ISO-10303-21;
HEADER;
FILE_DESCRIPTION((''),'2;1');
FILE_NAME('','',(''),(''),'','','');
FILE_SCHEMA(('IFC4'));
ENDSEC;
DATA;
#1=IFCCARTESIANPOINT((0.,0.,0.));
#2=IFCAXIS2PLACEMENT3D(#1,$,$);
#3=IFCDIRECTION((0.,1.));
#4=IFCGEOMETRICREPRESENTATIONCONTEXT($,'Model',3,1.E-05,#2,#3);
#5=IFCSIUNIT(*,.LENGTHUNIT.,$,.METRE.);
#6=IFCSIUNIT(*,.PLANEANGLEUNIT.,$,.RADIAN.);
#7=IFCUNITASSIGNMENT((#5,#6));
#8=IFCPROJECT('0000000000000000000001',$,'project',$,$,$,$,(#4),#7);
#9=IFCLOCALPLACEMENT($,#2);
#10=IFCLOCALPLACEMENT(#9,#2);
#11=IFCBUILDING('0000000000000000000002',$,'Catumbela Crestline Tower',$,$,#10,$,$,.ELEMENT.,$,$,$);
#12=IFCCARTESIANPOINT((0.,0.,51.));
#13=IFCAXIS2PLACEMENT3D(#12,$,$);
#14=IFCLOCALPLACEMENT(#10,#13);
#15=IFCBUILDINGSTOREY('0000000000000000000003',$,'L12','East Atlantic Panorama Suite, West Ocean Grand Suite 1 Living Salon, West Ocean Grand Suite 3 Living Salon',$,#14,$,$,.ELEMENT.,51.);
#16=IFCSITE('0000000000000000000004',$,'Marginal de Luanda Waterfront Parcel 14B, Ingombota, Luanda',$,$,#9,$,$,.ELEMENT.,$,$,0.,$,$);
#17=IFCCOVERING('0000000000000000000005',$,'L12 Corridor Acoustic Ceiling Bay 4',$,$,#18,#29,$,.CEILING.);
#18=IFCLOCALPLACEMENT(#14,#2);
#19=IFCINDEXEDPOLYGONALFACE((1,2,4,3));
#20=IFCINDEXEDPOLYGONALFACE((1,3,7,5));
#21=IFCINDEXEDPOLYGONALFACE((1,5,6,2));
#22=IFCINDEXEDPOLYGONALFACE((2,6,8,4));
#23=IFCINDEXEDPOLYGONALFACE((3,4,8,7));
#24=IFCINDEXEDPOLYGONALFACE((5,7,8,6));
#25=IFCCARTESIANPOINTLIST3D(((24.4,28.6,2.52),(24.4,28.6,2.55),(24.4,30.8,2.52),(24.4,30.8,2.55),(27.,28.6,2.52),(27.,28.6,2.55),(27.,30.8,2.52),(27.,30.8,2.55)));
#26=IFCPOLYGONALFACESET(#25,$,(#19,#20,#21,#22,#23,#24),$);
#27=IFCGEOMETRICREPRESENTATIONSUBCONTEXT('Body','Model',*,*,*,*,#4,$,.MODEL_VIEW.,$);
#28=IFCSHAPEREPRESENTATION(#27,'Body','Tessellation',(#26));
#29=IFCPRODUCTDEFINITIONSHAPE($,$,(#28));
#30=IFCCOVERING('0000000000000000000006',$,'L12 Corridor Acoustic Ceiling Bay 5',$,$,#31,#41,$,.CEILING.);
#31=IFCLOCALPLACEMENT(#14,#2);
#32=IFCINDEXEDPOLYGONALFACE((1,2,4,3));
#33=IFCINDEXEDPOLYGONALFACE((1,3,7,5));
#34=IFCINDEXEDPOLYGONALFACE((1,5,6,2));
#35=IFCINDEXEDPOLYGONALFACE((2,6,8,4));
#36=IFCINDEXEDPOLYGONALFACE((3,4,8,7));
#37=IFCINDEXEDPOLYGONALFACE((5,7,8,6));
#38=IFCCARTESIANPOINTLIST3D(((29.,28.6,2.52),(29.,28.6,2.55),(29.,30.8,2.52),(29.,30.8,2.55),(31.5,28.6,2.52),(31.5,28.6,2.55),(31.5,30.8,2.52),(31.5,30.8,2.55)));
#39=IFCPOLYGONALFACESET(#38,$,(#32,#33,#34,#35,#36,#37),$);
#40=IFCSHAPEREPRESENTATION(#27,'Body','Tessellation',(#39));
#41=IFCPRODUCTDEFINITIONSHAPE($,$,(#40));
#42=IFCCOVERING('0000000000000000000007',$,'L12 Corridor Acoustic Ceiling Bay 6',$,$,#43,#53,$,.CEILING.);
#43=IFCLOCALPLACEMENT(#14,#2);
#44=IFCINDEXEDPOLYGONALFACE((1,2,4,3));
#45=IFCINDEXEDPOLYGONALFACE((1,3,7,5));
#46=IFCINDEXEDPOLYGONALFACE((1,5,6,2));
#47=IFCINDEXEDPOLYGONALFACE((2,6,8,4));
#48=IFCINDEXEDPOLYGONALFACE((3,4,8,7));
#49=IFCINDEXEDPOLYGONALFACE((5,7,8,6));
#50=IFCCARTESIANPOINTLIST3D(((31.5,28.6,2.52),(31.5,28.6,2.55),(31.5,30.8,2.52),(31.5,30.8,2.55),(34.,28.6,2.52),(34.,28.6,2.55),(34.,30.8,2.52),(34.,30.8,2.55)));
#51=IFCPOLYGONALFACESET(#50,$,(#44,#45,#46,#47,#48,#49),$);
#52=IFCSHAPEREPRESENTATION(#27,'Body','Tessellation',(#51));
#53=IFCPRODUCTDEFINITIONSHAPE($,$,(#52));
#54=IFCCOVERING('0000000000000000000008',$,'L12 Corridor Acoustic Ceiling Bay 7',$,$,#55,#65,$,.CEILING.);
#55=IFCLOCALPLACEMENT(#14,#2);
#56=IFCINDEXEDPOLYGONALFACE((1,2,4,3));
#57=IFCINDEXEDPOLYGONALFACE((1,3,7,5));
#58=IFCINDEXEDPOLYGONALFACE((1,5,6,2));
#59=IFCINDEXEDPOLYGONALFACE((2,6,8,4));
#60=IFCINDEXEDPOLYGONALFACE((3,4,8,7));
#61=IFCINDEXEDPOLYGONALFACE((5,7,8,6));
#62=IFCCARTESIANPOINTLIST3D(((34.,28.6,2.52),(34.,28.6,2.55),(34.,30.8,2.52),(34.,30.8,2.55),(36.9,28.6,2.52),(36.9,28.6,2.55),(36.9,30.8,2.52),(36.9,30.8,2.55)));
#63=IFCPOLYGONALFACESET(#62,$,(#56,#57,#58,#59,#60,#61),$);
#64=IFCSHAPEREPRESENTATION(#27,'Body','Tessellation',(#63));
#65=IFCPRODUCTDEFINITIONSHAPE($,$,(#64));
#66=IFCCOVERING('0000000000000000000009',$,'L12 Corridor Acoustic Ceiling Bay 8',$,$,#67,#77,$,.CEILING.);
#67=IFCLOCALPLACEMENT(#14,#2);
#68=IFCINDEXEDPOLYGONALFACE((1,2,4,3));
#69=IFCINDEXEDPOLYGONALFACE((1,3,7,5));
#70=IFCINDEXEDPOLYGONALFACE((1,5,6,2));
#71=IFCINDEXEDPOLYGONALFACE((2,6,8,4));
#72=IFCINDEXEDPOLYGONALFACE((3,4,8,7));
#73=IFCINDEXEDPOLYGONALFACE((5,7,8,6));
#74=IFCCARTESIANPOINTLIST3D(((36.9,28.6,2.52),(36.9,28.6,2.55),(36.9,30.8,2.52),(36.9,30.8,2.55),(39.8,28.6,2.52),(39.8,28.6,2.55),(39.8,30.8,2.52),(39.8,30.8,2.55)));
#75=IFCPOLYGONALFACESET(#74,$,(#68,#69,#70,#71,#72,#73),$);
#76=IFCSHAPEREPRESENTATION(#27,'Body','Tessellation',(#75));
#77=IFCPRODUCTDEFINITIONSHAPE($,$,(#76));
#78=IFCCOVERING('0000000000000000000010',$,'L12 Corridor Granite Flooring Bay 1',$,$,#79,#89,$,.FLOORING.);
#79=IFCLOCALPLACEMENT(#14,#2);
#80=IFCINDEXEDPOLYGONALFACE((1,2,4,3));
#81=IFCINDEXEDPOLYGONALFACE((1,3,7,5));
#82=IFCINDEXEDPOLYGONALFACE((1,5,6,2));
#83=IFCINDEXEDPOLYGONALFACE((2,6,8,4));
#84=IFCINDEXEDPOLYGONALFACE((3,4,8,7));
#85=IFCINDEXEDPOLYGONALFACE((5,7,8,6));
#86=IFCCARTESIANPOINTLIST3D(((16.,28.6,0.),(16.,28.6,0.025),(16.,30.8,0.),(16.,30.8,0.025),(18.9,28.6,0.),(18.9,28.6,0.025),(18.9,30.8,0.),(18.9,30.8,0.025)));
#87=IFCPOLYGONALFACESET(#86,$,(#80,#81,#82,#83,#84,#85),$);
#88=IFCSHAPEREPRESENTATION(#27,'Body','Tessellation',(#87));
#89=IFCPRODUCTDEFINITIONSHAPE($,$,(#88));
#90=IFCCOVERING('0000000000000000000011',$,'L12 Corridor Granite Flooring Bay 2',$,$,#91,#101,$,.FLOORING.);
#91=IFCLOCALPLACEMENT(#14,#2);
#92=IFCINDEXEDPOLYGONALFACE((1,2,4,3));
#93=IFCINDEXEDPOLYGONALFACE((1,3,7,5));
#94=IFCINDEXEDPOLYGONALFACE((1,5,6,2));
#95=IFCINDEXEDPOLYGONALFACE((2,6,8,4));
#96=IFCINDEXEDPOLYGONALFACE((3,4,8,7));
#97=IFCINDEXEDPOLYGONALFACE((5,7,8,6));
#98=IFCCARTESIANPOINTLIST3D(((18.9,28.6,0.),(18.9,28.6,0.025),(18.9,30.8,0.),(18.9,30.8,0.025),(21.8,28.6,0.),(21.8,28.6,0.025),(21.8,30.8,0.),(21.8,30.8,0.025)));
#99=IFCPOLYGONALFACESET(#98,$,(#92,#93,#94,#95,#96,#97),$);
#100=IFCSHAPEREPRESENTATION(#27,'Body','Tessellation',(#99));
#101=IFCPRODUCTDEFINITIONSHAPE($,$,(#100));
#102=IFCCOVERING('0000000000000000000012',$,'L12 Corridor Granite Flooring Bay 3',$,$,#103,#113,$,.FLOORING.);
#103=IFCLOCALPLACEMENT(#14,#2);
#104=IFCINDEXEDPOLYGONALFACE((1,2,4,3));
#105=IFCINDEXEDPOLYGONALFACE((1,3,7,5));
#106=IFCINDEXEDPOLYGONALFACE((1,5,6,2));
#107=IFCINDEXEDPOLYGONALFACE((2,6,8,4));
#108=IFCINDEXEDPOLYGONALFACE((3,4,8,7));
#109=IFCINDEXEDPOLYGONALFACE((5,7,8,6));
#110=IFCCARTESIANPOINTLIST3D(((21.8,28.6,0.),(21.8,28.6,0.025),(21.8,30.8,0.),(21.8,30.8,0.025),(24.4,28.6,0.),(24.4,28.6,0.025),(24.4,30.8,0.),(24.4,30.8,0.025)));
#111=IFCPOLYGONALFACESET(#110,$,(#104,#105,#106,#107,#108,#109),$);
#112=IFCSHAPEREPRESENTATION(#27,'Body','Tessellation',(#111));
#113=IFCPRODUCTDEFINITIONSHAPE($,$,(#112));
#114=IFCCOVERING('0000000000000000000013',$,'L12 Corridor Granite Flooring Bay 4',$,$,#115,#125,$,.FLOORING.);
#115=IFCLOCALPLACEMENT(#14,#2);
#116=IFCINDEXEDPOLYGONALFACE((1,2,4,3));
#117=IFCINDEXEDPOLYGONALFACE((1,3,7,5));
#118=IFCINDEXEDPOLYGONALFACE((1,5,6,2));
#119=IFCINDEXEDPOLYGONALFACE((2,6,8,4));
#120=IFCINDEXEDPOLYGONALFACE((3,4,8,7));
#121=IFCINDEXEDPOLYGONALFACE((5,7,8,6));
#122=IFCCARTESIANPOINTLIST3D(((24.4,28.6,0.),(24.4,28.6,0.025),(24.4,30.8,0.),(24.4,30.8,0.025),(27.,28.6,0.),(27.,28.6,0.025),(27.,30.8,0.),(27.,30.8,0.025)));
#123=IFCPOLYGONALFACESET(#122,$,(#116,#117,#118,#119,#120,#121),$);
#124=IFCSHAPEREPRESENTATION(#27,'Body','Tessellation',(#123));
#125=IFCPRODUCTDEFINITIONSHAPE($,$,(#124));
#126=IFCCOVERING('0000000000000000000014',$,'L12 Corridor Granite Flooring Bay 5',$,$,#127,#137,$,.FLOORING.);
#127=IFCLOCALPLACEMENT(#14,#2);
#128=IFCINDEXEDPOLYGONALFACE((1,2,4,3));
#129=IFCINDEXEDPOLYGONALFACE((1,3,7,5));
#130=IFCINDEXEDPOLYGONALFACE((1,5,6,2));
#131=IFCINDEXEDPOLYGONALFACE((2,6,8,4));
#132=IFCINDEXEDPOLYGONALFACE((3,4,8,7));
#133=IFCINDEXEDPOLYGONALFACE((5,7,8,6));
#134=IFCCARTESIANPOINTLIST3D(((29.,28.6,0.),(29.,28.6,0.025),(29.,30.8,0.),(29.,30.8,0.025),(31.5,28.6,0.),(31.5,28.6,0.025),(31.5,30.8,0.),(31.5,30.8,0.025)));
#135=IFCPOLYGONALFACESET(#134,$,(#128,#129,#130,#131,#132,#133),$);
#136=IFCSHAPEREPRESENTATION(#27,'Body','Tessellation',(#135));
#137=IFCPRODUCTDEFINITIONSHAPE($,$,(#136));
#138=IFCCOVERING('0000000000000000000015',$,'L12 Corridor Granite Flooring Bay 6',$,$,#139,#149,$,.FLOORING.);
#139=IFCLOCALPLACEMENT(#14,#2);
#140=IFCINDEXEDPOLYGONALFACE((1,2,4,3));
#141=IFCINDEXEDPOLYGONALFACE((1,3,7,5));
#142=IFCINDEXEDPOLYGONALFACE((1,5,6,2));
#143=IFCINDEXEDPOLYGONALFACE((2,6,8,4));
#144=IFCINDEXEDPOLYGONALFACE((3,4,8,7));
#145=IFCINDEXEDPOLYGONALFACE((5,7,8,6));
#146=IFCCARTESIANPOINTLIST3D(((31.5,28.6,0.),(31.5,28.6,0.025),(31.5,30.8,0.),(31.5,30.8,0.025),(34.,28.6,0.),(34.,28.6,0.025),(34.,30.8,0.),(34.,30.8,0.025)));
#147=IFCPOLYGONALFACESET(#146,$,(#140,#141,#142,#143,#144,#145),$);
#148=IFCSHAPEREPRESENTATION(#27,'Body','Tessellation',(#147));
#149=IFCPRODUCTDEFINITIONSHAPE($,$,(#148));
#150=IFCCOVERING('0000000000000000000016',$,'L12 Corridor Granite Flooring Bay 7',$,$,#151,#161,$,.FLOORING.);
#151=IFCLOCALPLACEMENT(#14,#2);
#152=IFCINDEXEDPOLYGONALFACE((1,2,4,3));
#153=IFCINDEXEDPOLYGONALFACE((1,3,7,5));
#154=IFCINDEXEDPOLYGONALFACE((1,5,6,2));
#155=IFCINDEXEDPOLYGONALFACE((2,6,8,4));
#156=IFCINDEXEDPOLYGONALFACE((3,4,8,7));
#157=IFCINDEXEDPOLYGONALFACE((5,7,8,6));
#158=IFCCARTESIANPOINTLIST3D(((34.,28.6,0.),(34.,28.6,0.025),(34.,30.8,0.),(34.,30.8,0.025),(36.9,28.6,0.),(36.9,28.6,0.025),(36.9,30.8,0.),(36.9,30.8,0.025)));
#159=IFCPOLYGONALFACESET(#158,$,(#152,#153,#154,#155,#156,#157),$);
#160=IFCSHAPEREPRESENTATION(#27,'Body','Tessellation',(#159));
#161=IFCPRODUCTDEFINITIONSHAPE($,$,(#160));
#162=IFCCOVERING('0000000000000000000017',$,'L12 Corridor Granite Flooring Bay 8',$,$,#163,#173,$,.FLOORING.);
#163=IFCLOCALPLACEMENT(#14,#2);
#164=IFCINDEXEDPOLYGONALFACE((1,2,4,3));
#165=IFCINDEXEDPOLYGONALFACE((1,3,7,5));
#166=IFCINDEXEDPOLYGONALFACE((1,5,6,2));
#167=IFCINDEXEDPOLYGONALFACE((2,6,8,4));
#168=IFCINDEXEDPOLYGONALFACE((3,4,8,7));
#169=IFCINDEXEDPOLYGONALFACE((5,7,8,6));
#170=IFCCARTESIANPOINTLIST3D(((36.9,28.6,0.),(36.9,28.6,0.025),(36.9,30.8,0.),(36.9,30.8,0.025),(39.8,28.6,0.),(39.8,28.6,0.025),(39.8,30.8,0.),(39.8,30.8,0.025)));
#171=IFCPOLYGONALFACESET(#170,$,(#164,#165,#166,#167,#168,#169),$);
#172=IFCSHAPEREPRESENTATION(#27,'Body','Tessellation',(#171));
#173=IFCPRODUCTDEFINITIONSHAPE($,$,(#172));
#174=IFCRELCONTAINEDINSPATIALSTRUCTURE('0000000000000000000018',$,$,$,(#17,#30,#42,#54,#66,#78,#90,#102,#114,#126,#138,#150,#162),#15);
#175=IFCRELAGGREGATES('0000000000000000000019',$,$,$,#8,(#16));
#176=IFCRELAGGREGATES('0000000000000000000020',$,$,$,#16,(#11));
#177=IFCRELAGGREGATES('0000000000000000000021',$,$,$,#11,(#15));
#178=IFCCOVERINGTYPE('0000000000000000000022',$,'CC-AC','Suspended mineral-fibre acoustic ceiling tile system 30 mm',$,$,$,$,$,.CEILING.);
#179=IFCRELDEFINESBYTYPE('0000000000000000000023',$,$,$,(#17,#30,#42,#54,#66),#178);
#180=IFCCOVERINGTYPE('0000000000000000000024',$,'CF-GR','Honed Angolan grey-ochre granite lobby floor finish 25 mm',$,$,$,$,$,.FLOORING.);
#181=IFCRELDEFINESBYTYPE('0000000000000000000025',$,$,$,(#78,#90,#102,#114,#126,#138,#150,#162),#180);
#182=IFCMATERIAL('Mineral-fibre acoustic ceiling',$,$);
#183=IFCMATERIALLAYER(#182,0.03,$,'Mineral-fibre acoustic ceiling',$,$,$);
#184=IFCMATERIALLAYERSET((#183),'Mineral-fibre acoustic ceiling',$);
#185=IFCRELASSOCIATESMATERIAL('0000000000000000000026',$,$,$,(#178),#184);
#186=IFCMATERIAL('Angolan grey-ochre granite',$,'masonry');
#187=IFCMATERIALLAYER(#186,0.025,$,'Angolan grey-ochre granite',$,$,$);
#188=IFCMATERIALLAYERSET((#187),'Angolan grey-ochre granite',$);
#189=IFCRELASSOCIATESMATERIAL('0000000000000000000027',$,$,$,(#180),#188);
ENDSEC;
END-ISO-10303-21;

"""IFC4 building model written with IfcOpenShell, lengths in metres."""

from ifc_helpers import new_model, si_unit, direction, frame, origin, place, context, subcontext, project, spatial, polyline, outline, extrude, material, layer, layer_set, type_object, element, save


model = new_model("IFC4")

# Units and contexts
model_context = context("Model", 3, precision=1e-05, world=origin(), true_north=direction((0.0, 1.0)))
body_context = subcontext(model_context, "Body", "Model", "MODEL_VIEW")
ifc_project = project(units=[si_unit("LENGTHUNIT", "METRE"), si_unit("PLANEANGLEUNIT", "RADIAN")], contexts=[model_context])

# Site, building, storey
site_placement = place(None, origin())
site = spatial("IfcSite", under=ifc_project, at=site_placement, Name="Marginal de Luanda Waterfront Parcel 14B, Ingombota, Luanda", CompositionType="ELEMENT", RefElevation=0.0)
building_placement = place(site_placement, origin())
building = spatial("IfcBuilding", under=site, at=building_placement, Name="Catumbela Crestline Tower", CompositionType="ELEMENT")
storey_placement = place(building_placement, frame((0.0, 0.0, 51.0)))
storey = spatial("IfcBuildingStorey", under=building, at=storey_placement, Name="L12", Description="East Atlantic Panorama Suite, West Ocean Grand Suite 1 Living Salon, West Ocean Grand Suite 3 Living Salon", CompositionType="ELEMENT", Elevation=51.0)

# Shared definitions
ifc_material_1 = material(Name="Angolan grey-ochre granite", Category="masonry")

# Coverings
ifc_material_2 = material(Name="Mineral-fibre acoustic ceiling")
ifc_layer_1 = layer(ifc_material_2, 0.03, Name="Mineral-fibre acoustic ceiling")
ifc_layer_set_1 = layer_set([ifc_layer_1], Name="Mineral-fibre acoustic ceiling")
covering_type_1 = type_object("IfcCoveringType", Name="CC-AC", Description="Suspended mineral-fibre acoustic ceiling tile system 30 mm", PredefinedType="CEILING", material=ifc_layer_set_1)
covering_1_placement = place(storey_placement, frame((0.0, 0.0, 2.52)))
element("IfcCovering", 1, at=covering_1_placement, inside=storey, type_object=covering_type_1, Name="L12 Corridor Acoustic Ceiling Bay 4", PredefinedType="CEILING", context=body_context, shape_type="SweptSolid", body=[
    extrude(outline(polyline([(24.4, 28.6), (27.0, 28.6), (27.0, 30.8), (24.4, 30.8), (24.4, 28.6)])), origin(), (0.0, 0.0, 1.0), 0.03),
])
covering_2_placement = place(storey_placement, frame((0.0, 0.0, 2.52)))
element("IfcCovering", 2, at=covering_2_placement, inside=storey, type_object=covering_type_1, Name="L12 Corridor Acoustic Ceiling Bay 5", PredefinedType="CEILING", context=body_context, shape_type="SweptSolid", body=[
    extrude(outline(polyline([(29.0, 28.6), (31.5, 28.6), (31.5, 30.8), (29.0, 30.8), (29.0, 28.6)])), origin(), (0.0, 0.0, 1.0), 0.03),
])
covering_3_placement = place(storey_placement, frame((0.0, 0.0, 2.52)))
element("IfcCovering", 3, at=covering_3_placement, inside=storey, type_object=covering_type_1, Name="L12 Corridor Acoustic Ceiling Bay 6", PredefinedType="CEILING", context=body_context, shape_type="SweptSolid", body=[
    extrude(outline(polyline([(31.5, 28.6), (34.0, 28.6), (34.0, 30.8), (31.5, 30.8), (31.5, 28.6)])), origin(), (0.0, 0.0, 1.0), 0.03),
])
covering_4_placement = place(storey_placement, frame((0.0, 0.0, 2.52)))
element("IfcCovering", 4, at=covering_4_placement, inside=storey, type_object=covering_type_1, Name="L12 Corridor Acoustic Ceiling Bay 7", PredefinedType="CEILING", context=body_context, shape_type="SweptSolid", body=[
    extrude(outline(polyline([(34.0, 28.6), (36.9, 28.6), (36.9, 30.8), (34.0, 30.8), (34.0, 28.6)])), origin(), (0.0, 0.0, 1.0), 0.03),
])
covering_5_placement = place(storey_placement, frame((0.0, 0.0, 2.52)))
element("IfcCovering", 5, at=covering_5_placement, inside=storey, type_object=covering_type_1, Name="L12 Corridor Acoustic Ceiling Bay 8", PredefinedType="CEILING", context=body_context, shape_type="SweptSolid", body=[
    extrude(outline(polyline([(36.9, 28.6), (39.8, 28.6), (39.8, 30.8), (36.9, 30.8), (36.9, 28.6)])), origin(), (0.0, 0.0, 1.0), 0.03),
])
ifc_layer_2 = layer(ifc_material_1, 0.025, Name="Angolan grey-ochre granite")
ifc_layer_set_2 = layer_set([ifc_layer_2], Name="Angolan grey-ochre granite")
covering_type_2 = type_object("IfcCoveringType", Name="CF-GR", Description="Honed Angolan grey-ochre granite lobby floor finish 25 mm", PredefinedType="FLOORING", material=ifc_layer_set_2)
covering_6_placement = place(storey_placement, origin())
element("IfcCovering", 6, at=covering_6_placement, inside=storey, type_object=covering_type_2, Name="L12 Corridor Granite Flooring Bay 1", PredefinedType="FLOORING", context=body_context, shape_type="SweptSolid", body=[
    extrude(outline(polyline([(16.0, 28.6), (18.9, 28.6), (18.9, 30.8), (16.0, 30.8), (16.0, 28.6)])), origin(), (0.0, 0.0, 1.0), 0.025),
])
covering_7_placement = place(storey_placement, origin())
element("IfcCovering", 7, at=covering_7_placement, inside=storey, type_object=covering_type_2, Name="L12 Corridor Granite Flooring Bay 2", PredefinedType="FLOORING", context=body_context, shape_type="SweptSolid", body=[
    extrude(outline(polyline([(18.9, 28.6), (21.8, 28.6), (21.8, 30.8), (18.9, 30.8), (18.9, 28.6)])), origin(), (0.0, 0.0, 1.0), 0.025),
])
covering_8_placement = place(storey_placement, origin())
element("IfcCovering", 8, at=covering_8_placement, inside=storey, type_object=covering_type_2, Name="L12 Corridor Granite Flooring Bay 3", PredefinedType="FLOORING", context=body_context, shape_type="SweptSolid", body=[
    extrude(outline(polyline([(21.8, 28.6), (24.4, 28.6), (24.4, 30.8), (21.8, 30.8), (21.8, 28.6)])), origin(), (0.0, 0.0, 1.0), 0.025),
])
covering_9_placement = place(storey_placement, origin())
element("IfcCovering", 9, at=covering_9_placement, inside=storey, type_object=covering_type_2, Name="L12 Corridor Granite Flooring Bay 4", PredefinedType="FLOORING", context=body_context, shape_type="SweptSolid", body=[
    extrude(outline(polyline([(24.4, 28.6), (27.0, 28.6), (27.0, 30.8), (24.4, 30.8), (24.4, 28.6)])), origin(), (0.0, 0.0, 1.0), 0.025),
])
covering_10_placement = place(storey_placement, origin())
element("IfcCovering", 10, at=covering_10_placement, inside=storey, type_object=covering_type_2, Name="L12 Corridor Granite Flooring Bay 5", PredefinedType="FLOORING", context=body_context, shape_type="SweptSolid", body=[
    extrude(outline(polyline([(29.0, 28.6), (31.5, 28.6), (31.5, 30.8), (29.0, 30.8), (29.0, 28.6)])), origin(), (0.0, 0.0, 1.0), 0.025),
])
covering_11_placement = place(storey_placement, origin())
element("IfcCovering", 11, at=covering_11_placement, inside=storey, type_object=covering_type_2, Name="L12 Corridor Granite Flooring Bay 6", PredefinedType="FLOORING", context=body_context, shape_type="SweptSolid", body=[
    extrude(outline(polyline([(31.5, 28.6), (34.0, 28.6), (34.0, 30.8), (31.5, 30.8), (31.5, 28.6)])), origin(), (0.0, 0.0, 1.0), 0.025),
])
covering_12_placement = place(storey_placement, origin())
element("IfcCovering", 12, at=covering_12_placement, inside=storey, type_object=covering_type_2, Name="L12 Corridor Granite Flooring Bay 7", PredefinedType="FLOORING", context=body_context, shape_type="SweptSolid", body=[
    extrude(outline(polyline([(34.0, 28.6), (36.9, 28.6), (36.9, 30.8), (34.0, 30.8), (34.0, 28.6)])), origin(), (0.0, 0.0, 1.0), 0.025),
])
covering_13_placement = place(storey_placement, origin())
element("IfcCovering", 13, at=covering_13_placement, inside=storey, type_object=covering_type_2, Name="L12 Corridor Granite Flooring Bay 8", PredefinedType="FLOORING", context=body_context, shape_type="SweptSolid", body=[
    extrude(outline(polyline([(36.9, 28.6), (39.8, 28.6), (39.8, 30.8), (36.9, 30.8), (36.9, 28.6)])), origin(), (0.0, 0.0, 1.0), 0.025),
])

save(model, "model.ifc")
